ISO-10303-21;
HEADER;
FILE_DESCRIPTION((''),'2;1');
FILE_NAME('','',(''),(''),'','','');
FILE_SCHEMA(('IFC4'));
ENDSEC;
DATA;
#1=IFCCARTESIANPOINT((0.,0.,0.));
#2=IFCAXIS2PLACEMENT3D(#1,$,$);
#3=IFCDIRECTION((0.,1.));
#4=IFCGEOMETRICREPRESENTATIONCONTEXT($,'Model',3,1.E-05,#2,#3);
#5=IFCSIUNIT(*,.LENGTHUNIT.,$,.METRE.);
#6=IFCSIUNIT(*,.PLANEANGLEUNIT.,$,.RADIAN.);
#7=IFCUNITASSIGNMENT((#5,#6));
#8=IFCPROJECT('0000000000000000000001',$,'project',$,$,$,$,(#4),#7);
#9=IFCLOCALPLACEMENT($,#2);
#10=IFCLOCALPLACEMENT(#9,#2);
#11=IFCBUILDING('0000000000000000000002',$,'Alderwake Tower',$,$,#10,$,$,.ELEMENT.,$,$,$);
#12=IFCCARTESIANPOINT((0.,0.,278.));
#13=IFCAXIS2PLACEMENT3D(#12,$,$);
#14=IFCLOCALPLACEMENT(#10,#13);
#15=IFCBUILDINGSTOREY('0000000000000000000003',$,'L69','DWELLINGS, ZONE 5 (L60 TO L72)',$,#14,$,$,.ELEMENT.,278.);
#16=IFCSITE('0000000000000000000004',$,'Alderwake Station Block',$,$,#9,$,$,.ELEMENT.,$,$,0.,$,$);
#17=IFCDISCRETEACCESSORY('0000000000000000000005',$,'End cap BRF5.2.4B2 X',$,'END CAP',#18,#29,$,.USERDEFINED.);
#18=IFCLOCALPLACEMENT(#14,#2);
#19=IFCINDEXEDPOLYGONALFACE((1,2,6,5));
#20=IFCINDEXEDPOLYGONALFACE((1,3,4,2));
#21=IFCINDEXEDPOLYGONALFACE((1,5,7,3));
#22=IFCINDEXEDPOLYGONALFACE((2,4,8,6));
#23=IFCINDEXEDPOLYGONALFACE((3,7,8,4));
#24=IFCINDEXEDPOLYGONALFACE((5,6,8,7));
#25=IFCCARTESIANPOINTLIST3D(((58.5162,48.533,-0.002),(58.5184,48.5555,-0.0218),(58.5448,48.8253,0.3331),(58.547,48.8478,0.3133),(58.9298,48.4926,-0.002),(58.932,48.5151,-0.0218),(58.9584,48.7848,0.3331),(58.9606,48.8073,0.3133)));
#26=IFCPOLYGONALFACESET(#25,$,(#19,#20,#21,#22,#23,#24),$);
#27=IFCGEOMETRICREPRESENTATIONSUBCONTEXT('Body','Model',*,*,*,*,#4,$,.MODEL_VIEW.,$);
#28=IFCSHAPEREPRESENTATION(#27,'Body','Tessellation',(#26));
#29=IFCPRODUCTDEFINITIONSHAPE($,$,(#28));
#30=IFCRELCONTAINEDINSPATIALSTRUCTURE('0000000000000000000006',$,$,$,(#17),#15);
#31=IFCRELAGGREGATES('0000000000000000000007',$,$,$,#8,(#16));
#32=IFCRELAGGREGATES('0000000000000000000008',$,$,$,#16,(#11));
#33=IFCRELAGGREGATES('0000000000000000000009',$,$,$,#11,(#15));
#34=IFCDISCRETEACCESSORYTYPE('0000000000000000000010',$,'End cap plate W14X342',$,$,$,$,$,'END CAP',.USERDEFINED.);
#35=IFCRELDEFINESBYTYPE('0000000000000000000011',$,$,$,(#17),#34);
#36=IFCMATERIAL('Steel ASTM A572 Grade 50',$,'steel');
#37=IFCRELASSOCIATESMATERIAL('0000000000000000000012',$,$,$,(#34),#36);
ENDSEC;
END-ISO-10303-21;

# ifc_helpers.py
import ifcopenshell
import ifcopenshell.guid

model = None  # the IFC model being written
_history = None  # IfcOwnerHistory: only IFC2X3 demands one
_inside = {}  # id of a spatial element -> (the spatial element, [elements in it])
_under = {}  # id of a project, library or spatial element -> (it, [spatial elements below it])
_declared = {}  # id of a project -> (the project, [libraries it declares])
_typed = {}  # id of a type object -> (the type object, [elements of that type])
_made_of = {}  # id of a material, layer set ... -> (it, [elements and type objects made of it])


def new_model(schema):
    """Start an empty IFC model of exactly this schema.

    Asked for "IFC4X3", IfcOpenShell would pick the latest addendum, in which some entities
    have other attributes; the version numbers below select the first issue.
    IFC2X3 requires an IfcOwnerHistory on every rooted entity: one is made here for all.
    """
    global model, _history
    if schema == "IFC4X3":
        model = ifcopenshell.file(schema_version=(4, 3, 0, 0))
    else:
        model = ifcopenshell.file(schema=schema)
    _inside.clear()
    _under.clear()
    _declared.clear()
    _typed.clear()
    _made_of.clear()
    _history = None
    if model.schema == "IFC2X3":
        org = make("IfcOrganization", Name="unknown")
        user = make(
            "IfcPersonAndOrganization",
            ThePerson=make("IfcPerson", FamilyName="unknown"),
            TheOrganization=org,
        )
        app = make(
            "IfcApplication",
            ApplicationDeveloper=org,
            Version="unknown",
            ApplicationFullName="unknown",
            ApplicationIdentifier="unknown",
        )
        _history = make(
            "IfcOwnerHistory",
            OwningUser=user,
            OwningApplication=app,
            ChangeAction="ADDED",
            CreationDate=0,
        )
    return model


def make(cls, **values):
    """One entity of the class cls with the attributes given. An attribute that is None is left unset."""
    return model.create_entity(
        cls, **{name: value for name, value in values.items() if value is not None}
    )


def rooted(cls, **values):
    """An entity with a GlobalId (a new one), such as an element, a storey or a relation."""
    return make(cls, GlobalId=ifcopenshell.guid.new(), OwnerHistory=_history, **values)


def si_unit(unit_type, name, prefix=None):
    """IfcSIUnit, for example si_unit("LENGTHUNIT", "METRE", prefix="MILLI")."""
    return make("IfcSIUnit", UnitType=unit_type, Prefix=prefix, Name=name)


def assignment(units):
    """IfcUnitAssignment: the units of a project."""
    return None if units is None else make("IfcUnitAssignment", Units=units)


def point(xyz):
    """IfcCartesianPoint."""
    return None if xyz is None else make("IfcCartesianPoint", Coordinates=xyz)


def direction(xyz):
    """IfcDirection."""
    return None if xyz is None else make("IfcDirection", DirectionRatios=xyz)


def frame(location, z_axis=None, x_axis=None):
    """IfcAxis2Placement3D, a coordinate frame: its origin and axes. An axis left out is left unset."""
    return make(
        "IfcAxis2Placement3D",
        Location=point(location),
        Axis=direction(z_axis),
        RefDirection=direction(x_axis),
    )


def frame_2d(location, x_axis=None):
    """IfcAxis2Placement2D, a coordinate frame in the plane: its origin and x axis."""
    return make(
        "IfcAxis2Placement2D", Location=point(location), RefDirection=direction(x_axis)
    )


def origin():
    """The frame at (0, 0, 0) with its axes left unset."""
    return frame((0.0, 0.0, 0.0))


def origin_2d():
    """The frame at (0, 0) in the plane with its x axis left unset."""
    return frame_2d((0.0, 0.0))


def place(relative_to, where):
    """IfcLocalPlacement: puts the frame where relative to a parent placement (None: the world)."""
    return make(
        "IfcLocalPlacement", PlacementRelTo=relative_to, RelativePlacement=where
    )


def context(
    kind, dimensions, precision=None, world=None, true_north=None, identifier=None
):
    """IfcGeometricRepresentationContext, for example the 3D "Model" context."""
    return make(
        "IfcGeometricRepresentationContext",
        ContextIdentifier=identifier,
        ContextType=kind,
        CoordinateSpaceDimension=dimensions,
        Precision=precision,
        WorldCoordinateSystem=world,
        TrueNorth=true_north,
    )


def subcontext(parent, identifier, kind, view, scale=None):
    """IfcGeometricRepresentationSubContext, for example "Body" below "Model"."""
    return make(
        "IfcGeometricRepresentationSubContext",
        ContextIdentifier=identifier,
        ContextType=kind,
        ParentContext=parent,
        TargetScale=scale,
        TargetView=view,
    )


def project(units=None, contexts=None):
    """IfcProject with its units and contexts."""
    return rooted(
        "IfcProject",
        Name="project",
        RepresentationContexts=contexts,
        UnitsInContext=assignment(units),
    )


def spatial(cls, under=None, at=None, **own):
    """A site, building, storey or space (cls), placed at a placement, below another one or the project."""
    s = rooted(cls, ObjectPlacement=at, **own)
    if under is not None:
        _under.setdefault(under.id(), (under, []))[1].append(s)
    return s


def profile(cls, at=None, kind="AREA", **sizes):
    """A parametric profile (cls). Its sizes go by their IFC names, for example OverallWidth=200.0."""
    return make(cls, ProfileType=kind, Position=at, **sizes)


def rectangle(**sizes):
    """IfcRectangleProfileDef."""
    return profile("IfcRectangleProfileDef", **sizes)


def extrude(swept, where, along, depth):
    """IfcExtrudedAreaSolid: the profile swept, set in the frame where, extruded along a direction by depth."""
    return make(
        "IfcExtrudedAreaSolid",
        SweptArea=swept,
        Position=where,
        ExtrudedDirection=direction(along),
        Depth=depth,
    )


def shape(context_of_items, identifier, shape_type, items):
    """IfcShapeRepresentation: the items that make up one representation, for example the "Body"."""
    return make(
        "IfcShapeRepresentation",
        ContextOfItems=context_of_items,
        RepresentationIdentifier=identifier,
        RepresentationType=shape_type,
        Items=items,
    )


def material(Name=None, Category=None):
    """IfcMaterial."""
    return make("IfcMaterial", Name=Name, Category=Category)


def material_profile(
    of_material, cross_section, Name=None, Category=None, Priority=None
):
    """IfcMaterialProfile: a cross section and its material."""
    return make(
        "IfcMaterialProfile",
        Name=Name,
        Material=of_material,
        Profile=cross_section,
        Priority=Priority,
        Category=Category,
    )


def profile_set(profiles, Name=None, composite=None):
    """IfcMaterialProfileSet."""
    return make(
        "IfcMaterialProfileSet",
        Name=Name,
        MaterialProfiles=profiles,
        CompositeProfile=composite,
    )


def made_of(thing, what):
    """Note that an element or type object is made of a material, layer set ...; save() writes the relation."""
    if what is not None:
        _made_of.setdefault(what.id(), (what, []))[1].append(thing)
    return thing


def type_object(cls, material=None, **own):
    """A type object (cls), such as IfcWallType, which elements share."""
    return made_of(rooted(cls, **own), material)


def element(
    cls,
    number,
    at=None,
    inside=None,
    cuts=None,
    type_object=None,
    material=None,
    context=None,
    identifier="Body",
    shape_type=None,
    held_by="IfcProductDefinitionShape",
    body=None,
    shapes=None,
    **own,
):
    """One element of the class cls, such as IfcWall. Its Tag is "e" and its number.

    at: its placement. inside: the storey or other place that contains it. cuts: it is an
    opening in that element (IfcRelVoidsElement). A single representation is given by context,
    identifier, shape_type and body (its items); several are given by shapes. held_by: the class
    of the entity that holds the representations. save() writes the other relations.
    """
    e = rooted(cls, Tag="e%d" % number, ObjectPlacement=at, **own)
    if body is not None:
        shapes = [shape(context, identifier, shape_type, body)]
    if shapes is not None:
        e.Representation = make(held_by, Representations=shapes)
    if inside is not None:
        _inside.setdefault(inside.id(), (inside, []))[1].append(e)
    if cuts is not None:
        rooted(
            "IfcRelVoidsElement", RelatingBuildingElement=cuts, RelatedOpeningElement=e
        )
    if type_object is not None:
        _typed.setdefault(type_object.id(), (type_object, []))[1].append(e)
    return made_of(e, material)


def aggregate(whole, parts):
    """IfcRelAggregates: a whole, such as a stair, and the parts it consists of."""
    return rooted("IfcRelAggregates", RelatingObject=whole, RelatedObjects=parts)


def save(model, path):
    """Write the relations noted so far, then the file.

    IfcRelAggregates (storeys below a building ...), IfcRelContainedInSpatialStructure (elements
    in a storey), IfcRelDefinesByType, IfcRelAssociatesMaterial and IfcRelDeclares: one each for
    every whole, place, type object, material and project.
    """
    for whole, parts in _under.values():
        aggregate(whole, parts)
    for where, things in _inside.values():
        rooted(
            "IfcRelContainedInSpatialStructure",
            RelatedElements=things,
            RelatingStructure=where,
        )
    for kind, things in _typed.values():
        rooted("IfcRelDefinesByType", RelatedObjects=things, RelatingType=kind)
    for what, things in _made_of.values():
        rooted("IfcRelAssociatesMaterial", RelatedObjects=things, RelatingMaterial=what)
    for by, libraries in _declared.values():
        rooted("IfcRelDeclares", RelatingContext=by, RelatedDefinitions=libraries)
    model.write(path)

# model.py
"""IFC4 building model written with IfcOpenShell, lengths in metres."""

from ifc_helpers import new_model, si_unit, direction, frame, origin, origin_2d, place, context, subcontext, project, spatial, rectangle, extrude, material, material_profile, profile_set, type_object, element, save


model = new_model("IFC4")

# Units and contexts
model_context = context("Model", 3, precision=1e-05, world=origin(), true_north=direction((0.0, 1.0)))
body_context = subcontext(model_context, "Body", "Model", "MODEL_VIEW")
ifc_project = project(units=[si_unit("LENGTHUNIT", "METRE"), si_unit("PLANEANGLEUNIT", "RADIAN")], contexts=[model_context])

# Site, building, storey
site_placement = place(None, origin())
site = spatial("IfcSite", under=ifc_project, at=site_placement, Name="Alderwake Station Block", CompositionType="ELEMENT", RefElevation=0.0)
building_placement = place(site_placement, origin())
building = spatial("IfcBuilding", under=site, at=building_placement, Name="Alderwake Tower", CompositionType="ELEMENT")
storey_placement = place(building_placement, frame((0.0, 0.0, 278.0)))
storey = spatial("IfcBuildingStorey", under=building, at=storey_placement, Name="L69", Description="DWELLINGS, ZONE 5 (L60 TO L72)", CompositionType="ELEMENT", Elevation=278.0)

# Discrete accessory
ifc_material_1 = material(Name="Steel ASTM A572 Grade 50", Category="steel")
ifc_material_profile_1 = material_profile(ifc_material_1, rectangle(XDim=0.4155, YDim=0.4456, at=origin_2d()), Name="W14X342 cap")
ifc_profile_set_1 = profile_set([ifc_material_profile_1], Name="Steel ASTM A572 Grade 50")
discrete_accessory_type = type_object("IfcDiscreteAccessoryType", Name="End cap plate W14X342", ElementType="END CAP", PredefinedType="USERDEFINED", material=ifc_profile_set_1)
discrete_accessory_placement = place(storey_placement, frame((58.7373, 48.6589, 0.1655), z_axis=(0.073226, 0.748537, -0.659038), x_axis=(-0.995249, 0.097361, 0.0)))
element("IfcDiscreteAccessory", 1, at=discrete_accessory_placement, inside=storey, type_object=discrete_accessory_type, Name="End cap BRF5.2.4B2 X", ObjectType="END CAP", PredefinedType="USERDEFINED", context=body_context, shape_type="SweptSolid", body=[
    extrude(rectangle(XDim=0.4155, YDim=0.4456, at=origin_2d()), origin(), (0.0, 0.0, 1.0), 0.03),
])

save(model, "model.ifc")
